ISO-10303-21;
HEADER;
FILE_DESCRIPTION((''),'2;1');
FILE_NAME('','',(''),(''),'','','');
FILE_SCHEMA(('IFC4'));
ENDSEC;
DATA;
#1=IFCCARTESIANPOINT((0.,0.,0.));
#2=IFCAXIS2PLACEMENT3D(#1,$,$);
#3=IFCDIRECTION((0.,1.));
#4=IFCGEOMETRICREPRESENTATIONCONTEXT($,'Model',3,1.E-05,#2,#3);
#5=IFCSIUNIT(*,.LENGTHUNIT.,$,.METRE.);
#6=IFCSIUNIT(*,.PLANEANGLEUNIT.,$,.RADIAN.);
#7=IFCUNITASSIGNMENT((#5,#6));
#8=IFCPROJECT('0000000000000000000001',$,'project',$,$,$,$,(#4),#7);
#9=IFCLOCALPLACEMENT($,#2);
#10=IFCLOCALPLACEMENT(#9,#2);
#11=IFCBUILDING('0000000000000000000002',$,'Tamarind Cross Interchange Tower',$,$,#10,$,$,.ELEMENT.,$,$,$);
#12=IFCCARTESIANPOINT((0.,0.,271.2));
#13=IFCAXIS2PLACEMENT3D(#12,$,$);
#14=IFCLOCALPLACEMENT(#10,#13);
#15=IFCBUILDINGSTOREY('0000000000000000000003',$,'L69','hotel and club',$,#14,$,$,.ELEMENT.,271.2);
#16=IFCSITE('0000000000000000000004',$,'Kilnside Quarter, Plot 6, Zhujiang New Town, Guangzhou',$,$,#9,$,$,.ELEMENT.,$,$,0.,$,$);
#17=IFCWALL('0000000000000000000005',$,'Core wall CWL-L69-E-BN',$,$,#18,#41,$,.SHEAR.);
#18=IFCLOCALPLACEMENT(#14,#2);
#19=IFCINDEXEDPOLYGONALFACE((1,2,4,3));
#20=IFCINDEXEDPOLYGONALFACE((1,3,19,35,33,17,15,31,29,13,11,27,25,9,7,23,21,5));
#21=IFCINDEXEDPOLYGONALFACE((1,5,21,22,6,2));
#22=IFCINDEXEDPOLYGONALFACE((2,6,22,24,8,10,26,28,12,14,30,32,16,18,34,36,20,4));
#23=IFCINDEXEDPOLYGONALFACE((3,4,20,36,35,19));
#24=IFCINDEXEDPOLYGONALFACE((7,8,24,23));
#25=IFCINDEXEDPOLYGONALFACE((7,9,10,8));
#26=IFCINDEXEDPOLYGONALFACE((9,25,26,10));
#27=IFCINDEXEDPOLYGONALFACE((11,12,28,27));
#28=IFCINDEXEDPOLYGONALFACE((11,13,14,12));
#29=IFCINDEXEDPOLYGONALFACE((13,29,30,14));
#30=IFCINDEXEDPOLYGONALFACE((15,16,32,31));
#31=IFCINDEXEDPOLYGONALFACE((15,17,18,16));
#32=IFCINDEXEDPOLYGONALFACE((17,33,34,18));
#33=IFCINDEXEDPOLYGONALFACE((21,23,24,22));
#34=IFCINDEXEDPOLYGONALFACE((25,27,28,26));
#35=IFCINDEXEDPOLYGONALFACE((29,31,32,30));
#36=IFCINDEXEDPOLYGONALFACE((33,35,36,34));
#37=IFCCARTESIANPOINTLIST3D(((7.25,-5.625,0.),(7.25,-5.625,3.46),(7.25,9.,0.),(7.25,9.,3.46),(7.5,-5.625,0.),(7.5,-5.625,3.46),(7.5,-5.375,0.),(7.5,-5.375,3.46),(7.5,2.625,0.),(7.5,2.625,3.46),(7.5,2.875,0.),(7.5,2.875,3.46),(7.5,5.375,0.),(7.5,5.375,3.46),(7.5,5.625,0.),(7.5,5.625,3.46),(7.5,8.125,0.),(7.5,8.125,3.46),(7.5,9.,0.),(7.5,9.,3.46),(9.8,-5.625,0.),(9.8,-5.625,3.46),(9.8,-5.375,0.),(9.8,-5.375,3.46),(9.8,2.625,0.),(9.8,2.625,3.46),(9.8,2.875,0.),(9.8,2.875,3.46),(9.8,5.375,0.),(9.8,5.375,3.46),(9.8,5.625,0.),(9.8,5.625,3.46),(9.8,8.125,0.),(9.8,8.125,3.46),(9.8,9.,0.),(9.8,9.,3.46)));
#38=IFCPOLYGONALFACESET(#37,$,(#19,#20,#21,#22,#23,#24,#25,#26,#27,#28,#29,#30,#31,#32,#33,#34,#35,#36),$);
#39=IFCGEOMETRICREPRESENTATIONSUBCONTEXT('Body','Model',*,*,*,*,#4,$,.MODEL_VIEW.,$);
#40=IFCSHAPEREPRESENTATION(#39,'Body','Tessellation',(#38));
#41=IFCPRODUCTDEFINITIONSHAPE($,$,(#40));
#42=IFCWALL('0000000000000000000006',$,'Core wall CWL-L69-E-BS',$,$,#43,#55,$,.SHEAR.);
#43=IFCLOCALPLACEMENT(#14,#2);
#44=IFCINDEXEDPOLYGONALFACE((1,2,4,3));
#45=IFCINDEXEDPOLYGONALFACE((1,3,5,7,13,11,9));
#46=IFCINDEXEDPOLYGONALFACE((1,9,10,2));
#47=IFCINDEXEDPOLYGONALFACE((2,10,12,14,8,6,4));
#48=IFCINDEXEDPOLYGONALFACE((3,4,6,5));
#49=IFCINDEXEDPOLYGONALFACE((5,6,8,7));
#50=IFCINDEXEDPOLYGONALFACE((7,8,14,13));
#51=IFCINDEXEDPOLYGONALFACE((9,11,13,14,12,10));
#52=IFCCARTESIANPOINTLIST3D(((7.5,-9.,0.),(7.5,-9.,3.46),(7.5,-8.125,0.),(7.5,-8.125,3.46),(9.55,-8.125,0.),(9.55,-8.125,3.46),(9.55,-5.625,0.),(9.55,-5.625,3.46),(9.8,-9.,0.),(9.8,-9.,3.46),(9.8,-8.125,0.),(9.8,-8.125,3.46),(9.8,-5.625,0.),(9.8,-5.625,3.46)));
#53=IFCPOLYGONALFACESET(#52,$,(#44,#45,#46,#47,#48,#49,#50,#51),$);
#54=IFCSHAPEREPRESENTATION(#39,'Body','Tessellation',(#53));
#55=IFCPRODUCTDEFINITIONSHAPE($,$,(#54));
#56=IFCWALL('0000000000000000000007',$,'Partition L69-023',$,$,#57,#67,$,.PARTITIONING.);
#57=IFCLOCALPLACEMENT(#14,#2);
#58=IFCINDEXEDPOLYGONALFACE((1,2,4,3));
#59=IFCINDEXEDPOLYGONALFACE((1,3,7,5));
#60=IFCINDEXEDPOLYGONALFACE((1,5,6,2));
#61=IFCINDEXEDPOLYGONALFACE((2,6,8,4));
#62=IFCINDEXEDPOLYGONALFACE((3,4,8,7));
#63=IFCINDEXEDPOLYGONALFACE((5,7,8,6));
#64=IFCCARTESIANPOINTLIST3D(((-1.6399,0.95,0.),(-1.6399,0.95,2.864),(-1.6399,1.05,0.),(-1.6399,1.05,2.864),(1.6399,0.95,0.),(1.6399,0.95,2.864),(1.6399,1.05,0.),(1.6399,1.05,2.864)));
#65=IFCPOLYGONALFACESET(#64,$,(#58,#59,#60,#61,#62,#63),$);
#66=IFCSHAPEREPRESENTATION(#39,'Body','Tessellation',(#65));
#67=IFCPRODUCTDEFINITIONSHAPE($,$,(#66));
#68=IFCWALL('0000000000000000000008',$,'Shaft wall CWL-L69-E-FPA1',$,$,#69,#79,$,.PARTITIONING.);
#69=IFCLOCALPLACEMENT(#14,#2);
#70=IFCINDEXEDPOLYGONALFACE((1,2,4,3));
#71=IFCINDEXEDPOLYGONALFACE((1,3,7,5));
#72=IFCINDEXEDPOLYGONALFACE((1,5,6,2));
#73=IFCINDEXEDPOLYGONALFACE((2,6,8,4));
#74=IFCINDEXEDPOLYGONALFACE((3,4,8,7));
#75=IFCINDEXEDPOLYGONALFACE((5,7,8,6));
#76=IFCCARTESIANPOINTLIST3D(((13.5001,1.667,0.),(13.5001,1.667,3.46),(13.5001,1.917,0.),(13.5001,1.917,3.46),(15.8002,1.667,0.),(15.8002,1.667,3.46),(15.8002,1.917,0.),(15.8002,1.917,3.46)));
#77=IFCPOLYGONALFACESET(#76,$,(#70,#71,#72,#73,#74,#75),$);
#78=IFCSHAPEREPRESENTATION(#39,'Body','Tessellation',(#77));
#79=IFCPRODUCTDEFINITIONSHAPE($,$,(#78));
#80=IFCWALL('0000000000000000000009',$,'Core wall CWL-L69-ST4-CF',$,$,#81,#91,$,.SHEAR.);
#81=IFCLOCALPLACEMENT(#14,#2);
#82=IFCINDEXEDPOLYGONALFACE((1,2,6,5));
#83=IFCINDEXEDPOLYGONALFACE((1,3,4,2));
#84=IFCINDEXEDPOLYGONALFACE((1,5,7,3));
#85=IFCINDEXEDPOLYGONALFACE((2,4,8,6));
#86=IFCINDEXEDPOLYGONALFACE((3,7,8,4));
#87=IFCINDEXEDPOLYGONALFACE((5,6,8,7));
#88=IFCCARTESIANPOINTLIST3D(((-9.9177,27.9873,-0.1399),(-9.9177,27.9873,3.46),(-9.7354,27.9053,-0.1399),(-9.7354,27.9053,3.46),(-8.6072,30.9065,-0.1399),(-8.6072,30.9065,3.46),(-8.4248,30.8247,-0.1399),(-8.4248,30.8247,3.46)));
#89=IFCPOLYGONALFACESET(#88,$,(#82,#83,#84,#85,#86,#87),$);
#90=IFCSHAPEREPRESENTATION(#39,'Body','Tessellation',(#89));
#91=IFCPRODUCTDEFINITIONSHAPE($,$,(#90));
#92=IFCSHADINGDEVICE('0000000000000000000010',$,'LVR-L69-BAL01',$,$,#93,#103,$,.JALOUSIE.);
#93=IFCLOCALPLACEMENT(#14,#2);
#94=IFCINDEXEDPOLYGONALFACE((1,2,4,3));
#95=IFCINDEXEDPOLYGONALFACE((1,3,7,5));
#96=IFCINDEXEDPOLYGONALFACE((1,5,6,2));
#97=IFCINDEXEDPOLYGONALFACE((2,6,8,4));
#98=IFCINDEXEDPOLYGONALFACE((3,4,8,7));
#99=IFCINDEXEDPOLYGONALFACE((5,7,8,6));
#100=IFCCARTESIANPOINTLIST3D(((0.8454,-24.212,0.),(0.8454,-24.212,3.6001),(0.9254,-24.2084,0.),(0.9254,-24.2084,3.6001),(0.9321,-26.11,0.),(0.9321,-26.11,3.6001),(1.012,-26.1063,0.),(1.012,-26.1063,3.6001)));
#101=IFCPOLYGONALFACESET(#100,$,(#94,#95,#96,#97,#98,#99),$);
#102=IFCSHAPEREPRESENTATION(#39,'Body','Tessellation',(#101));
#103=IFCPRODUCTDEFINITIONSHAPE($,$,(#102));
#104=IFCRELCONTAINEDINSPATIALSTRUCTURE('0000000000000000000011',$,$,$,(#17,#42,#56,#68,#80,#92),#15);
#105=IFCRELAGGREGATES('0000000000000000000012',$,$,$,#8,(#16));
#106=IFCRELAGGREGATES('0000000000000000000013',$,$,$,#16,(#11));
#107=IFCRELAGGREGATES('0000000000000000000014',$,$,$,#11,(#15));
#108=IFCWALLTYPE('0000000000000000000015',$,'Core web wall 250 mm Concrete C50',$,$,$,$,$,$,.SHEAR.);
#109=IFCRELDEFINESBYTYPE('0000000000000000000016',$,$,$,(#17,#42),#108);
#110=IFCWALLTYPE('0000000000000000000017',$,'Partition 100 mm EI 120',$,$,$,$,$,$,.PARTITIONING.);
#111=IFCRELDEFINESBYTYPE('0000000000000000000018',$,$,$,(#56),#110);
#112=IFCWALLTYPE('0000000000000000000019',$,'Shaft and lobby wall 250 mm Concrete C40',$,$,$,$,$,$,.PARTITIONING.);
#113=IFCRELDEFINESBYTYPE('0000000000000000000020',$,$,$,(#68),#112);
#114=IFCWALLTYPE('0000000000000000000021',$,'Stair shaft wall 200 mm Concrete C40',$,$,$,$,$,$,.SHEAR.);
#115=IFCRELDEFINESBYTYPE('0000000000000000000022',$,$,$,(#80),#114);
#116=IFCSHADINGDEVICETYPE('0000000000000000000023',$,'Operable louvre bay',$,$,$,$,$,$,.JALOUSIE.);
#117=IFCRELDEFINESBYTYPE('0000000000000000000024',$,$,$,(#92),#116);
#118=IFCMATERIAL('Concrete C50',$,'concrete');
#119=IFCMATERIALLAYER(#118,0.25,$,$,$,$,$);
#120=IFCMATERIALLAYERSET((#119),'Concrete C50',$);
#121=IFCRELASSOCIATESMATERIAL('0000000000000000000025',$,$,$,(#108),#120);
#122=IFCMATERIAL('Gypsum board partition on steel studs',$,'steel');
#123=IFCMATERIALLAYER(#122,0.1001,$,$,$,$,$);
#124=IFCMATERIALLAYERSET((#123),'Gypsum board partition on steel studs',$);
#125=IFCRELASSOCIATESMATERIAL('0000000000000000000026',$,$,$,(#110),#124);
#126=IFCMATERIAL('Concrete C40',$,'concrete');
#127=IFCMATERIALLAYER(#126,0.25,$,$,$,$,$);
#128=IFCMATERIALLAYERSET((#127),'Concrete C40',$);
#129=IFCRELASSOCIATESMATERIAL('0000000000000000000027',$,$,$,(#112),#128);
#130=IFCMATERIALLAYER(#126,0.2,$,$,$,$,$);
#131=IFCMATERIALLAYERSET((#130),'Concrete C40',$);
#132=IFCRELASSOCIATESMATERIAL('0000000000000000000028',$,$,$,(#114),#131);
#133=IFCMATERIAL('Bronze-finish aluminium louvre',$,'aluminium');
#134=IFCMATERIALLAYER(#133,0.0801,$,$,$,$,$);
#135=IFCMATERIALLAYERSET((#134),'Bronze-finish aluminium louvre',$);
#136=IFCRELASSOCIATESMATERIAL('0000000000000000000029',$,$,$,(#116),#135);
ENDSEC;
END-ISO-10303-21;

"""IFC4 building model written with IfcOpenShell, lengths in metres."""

from ifc_helpers import new_model, si_unit, direction, frame, frame_2d, origin, origin_2d, place, context, subcontext, project, spatial, polyline, rectangle, outline, extrude, material, layer, layer_set, type_object, element, save


model = new_model("IFC4")

# Units and contexts
model_context = context("Model", 3, precision=1e-05, world=origin(), true_north=direction((0.0, 1.0)))
body_context = subcontext(model_context, "Body", "Model", "MODEL_VIEW")
ifc_project = project(units=[si_unit("LENGTHUNIT", "METRE"), si_unit("PLANEANGLEUNIT", "RADIAN")], contexts=[model_context])

# Site, building, storey
site_placement = place(None, origin())
site = spatial("IfcSite", under=ifc_project, at=site_placement, Name="Kilnside Quarter, Plot 6, Zhujiang New Town, Guangzhou", CompositionType="ELEMENT", RefElevation=0.0)
building_placement = place(site_placement, origin())
building = spatial("IfcBuilding", under=site, at=building_placement, Name="Tamarind Cross Interchange Tower", CompositionType="ELEMENT")
storey_placement = place(building_placement, frame((0.0, 0.0, 271.2)))
storey = spatial("IfcBuildingStorey", under=building, at=storey_placement, Name="L69", Description="hotel and club", CompositionType="ELEMENT", Elevation=271.2)

# Shared definitions
ifc_material_1 = material(Name="Concrete C40", Category="concrete")

# Walls
ifc_material_2 = material(Name="Concrete C50", Category="concrete")
ifc_layer_1 = layer(ifc_material_2, 0.25)
ifc_layer_set_1 = layer_set([ifc_layer_1], Name="Concrete C50")
wall_type_1 = type_object("IfcWallType", Name="Core web wall 250 mm Concrete C50", PredefinedType="SHEAR", material=ifc_layer_set_1)
wall_1_placement = place(storey_placement, origin())
element("IfcWall", 1, at=wall_1_placement, inside=storey, type_object=wall_type_1, Name="Core wall CWL-L69-E-BN", PredefinedType="SHEAR", context=body_context, shape_type="SweptSolid", body=[
    extrude(outline(polyline([(9.8, -5.375), (7.5, -5.375), (7.5, 2.625), (9.8, 2.625), (9.8, 2.875), (7.5, 2.875), (7.5, 5.375), (9.8, 5.375), (9.8, 5.625), (7.5, 5.625), (7.5, 8.125), (9.8, 8.125), (9.8, 9.0), (7.5, 9.0), (7.25, 9.0), (7.25, -5.625), (7.5, -5.625), (9.8, -5.625), (9.8, -5.375)])), origin(), (0.0, 0.0, 1.0), 3.46),
])
wall_2_placement = place(storey_placement, origin())
element("IfcWall", 2, at=wall_2_placement, inside=storey, type_object=wall_type_1, Name="Core wall CWL-L69-E-BS", PredefinedType="SHEAR", context=body_context, shape_type="SweptSolid", body=[
    extrude(outline(polyline([(7.5, -8.125), (7.5, -9.0), (9.8, -9.0), (9.8, -8.125), (9.8, -5.625), (9.55, -5.625), (9.55, -8.125), (7.5, -8.125)])), origin(), (0.0, 0.0, 1.0), 3.46),
])
ifc_material_3 = material(Name="Gypsum board partition on steel studs", Category="steel")
ifc_layer_2 = layer(ifc_material_3, 0.1001)
ifc_layer_set_2 = layer_set([ifc_layer_2], Name="Gypsum board partition on steel studs")
wall_type_2 = type_object("IfcWallType", Name="Partition 100 mm EI 120", PredefinedType="PARTITIONING", material=ifc_layer_set_2)
wall_3_placement = place(storey_placement, frame((-1.6399, 1.0, 0.0), z_axis=(0.0, 0.0, 1.0), x_axis=(1.0, 0.0, 0.0)))
element("IfcWall", 3, at=wall_3_placement, inside=storey, type_object=wall_type_2, Name="Partition L69-023", PredefinedType="PARTITIONING", context=body_context, shape_type="SweptSolid", body=[
    extrude(rectangle(XDim=3.2798, YDim=0.1001, at=frame_2d((1.6399, 0.0))), origin(), (0.0, 0.0, 1.0), 2.864),
])
ifc_layer_3 = layer(ifc_material_1, 0.25)
ifc_layer_set_3 = layer_set([ifc_layer_3], Name="Concrete C40")
wall_type_3 = type_object("IfcWallType", Name="Shaft and lobby wall 250 mm Concrete C40", PredefinedType="PARTITIONING", material=ifc_layer_set_3)
wall_4_placement = place(storey_placement, frame((15.8, 1.792, 0.0), z_axis=(0.0, 0.0, 1.0), x_axis=(-1.0, 0.0, 0.0)))
element("IfcWall", 4, at=wall_4_placement, inside=storey, type_object=wall_type_3, Name="Shaft wall CWL-L69-E-FPA1", PredefinedType="PARTITIONING", context=body_context, shape_type="SweptSolid", body=[
    extrude(rectangle(XDim=2.3, YDim=0.25, at=frame_2d((1.1499, 0.0))), origin(), (0.0, 0.0, 1.0), 3.46),
])
ifc_layer_4 = layer(ifc_material_1, 0.2)
ifc_layer_set_4 = layer_set([ifc_layer_4], Name="Concrete C40")
wall_type_4 = type_object("IfcWallType", Name="Stair shaft wall 200 mm Concrete C40", PredefinedType="SHEAR", material=ifc_layer_set_4)
wall_5_placement = place(storey_placement, frame((0.0, 0.0, -0.1399)))
element("IfcWall", 5, at=wall_5_placement, inside=storey, type_object=wall_type_4, Name="Core wall CWL-L69-ST4-CF", PredefinedType="SHEAR", context=body_context, shape_type="SweptSolid", body=[
    extrude(outline(polyline([(-8.4248, 30.8247), (-8.6072, 30.9065), (-9.9177, 27.9873), (-9.7354, 27.9053), (-8.4248, 30.8247)])), origin(), (0.0, 0.0, 1.0), 3.5999),
])

# Shading device
ifc_material_4 = material(Name="Bronze-finish aluminium louvre", Category="aluminium")
ifc_layer_5 = layer(ifc_material_4, 0.0801)
ifc_layer_set_5 = layer_set([ifc_layer_5], Name="Bronze-finish aluminium louvre")
shading_device_type = type_object("IfcShadingDeviceType", Name="Operable louvre bay", PredefinedType="JALOUSIE", material=ifc_layer_set_5)
shading_device_placement = place(storey_placement, origin())
element("IfcShadingDevice", 6, at=shading_device_placement, inside=storey, type_object=shading_device_type, Name="LVR-L69-BAL01", PredefinedType="JALOUSIE", context=body_context, shape_type="SweptSolid", body=[
    extrude(rectangle(XDim=1.8999, YDim=0.0801, at=origin_2d()), frame((0.9287, -25.1592, 0.0), z_axis=(0.0, 0.0, 1.0), x_axis=(0.045624, -0.998959, 0.0)), (0.0, 0.0, 1.0), 3.6001),
])

save(model, "model.ifc")
